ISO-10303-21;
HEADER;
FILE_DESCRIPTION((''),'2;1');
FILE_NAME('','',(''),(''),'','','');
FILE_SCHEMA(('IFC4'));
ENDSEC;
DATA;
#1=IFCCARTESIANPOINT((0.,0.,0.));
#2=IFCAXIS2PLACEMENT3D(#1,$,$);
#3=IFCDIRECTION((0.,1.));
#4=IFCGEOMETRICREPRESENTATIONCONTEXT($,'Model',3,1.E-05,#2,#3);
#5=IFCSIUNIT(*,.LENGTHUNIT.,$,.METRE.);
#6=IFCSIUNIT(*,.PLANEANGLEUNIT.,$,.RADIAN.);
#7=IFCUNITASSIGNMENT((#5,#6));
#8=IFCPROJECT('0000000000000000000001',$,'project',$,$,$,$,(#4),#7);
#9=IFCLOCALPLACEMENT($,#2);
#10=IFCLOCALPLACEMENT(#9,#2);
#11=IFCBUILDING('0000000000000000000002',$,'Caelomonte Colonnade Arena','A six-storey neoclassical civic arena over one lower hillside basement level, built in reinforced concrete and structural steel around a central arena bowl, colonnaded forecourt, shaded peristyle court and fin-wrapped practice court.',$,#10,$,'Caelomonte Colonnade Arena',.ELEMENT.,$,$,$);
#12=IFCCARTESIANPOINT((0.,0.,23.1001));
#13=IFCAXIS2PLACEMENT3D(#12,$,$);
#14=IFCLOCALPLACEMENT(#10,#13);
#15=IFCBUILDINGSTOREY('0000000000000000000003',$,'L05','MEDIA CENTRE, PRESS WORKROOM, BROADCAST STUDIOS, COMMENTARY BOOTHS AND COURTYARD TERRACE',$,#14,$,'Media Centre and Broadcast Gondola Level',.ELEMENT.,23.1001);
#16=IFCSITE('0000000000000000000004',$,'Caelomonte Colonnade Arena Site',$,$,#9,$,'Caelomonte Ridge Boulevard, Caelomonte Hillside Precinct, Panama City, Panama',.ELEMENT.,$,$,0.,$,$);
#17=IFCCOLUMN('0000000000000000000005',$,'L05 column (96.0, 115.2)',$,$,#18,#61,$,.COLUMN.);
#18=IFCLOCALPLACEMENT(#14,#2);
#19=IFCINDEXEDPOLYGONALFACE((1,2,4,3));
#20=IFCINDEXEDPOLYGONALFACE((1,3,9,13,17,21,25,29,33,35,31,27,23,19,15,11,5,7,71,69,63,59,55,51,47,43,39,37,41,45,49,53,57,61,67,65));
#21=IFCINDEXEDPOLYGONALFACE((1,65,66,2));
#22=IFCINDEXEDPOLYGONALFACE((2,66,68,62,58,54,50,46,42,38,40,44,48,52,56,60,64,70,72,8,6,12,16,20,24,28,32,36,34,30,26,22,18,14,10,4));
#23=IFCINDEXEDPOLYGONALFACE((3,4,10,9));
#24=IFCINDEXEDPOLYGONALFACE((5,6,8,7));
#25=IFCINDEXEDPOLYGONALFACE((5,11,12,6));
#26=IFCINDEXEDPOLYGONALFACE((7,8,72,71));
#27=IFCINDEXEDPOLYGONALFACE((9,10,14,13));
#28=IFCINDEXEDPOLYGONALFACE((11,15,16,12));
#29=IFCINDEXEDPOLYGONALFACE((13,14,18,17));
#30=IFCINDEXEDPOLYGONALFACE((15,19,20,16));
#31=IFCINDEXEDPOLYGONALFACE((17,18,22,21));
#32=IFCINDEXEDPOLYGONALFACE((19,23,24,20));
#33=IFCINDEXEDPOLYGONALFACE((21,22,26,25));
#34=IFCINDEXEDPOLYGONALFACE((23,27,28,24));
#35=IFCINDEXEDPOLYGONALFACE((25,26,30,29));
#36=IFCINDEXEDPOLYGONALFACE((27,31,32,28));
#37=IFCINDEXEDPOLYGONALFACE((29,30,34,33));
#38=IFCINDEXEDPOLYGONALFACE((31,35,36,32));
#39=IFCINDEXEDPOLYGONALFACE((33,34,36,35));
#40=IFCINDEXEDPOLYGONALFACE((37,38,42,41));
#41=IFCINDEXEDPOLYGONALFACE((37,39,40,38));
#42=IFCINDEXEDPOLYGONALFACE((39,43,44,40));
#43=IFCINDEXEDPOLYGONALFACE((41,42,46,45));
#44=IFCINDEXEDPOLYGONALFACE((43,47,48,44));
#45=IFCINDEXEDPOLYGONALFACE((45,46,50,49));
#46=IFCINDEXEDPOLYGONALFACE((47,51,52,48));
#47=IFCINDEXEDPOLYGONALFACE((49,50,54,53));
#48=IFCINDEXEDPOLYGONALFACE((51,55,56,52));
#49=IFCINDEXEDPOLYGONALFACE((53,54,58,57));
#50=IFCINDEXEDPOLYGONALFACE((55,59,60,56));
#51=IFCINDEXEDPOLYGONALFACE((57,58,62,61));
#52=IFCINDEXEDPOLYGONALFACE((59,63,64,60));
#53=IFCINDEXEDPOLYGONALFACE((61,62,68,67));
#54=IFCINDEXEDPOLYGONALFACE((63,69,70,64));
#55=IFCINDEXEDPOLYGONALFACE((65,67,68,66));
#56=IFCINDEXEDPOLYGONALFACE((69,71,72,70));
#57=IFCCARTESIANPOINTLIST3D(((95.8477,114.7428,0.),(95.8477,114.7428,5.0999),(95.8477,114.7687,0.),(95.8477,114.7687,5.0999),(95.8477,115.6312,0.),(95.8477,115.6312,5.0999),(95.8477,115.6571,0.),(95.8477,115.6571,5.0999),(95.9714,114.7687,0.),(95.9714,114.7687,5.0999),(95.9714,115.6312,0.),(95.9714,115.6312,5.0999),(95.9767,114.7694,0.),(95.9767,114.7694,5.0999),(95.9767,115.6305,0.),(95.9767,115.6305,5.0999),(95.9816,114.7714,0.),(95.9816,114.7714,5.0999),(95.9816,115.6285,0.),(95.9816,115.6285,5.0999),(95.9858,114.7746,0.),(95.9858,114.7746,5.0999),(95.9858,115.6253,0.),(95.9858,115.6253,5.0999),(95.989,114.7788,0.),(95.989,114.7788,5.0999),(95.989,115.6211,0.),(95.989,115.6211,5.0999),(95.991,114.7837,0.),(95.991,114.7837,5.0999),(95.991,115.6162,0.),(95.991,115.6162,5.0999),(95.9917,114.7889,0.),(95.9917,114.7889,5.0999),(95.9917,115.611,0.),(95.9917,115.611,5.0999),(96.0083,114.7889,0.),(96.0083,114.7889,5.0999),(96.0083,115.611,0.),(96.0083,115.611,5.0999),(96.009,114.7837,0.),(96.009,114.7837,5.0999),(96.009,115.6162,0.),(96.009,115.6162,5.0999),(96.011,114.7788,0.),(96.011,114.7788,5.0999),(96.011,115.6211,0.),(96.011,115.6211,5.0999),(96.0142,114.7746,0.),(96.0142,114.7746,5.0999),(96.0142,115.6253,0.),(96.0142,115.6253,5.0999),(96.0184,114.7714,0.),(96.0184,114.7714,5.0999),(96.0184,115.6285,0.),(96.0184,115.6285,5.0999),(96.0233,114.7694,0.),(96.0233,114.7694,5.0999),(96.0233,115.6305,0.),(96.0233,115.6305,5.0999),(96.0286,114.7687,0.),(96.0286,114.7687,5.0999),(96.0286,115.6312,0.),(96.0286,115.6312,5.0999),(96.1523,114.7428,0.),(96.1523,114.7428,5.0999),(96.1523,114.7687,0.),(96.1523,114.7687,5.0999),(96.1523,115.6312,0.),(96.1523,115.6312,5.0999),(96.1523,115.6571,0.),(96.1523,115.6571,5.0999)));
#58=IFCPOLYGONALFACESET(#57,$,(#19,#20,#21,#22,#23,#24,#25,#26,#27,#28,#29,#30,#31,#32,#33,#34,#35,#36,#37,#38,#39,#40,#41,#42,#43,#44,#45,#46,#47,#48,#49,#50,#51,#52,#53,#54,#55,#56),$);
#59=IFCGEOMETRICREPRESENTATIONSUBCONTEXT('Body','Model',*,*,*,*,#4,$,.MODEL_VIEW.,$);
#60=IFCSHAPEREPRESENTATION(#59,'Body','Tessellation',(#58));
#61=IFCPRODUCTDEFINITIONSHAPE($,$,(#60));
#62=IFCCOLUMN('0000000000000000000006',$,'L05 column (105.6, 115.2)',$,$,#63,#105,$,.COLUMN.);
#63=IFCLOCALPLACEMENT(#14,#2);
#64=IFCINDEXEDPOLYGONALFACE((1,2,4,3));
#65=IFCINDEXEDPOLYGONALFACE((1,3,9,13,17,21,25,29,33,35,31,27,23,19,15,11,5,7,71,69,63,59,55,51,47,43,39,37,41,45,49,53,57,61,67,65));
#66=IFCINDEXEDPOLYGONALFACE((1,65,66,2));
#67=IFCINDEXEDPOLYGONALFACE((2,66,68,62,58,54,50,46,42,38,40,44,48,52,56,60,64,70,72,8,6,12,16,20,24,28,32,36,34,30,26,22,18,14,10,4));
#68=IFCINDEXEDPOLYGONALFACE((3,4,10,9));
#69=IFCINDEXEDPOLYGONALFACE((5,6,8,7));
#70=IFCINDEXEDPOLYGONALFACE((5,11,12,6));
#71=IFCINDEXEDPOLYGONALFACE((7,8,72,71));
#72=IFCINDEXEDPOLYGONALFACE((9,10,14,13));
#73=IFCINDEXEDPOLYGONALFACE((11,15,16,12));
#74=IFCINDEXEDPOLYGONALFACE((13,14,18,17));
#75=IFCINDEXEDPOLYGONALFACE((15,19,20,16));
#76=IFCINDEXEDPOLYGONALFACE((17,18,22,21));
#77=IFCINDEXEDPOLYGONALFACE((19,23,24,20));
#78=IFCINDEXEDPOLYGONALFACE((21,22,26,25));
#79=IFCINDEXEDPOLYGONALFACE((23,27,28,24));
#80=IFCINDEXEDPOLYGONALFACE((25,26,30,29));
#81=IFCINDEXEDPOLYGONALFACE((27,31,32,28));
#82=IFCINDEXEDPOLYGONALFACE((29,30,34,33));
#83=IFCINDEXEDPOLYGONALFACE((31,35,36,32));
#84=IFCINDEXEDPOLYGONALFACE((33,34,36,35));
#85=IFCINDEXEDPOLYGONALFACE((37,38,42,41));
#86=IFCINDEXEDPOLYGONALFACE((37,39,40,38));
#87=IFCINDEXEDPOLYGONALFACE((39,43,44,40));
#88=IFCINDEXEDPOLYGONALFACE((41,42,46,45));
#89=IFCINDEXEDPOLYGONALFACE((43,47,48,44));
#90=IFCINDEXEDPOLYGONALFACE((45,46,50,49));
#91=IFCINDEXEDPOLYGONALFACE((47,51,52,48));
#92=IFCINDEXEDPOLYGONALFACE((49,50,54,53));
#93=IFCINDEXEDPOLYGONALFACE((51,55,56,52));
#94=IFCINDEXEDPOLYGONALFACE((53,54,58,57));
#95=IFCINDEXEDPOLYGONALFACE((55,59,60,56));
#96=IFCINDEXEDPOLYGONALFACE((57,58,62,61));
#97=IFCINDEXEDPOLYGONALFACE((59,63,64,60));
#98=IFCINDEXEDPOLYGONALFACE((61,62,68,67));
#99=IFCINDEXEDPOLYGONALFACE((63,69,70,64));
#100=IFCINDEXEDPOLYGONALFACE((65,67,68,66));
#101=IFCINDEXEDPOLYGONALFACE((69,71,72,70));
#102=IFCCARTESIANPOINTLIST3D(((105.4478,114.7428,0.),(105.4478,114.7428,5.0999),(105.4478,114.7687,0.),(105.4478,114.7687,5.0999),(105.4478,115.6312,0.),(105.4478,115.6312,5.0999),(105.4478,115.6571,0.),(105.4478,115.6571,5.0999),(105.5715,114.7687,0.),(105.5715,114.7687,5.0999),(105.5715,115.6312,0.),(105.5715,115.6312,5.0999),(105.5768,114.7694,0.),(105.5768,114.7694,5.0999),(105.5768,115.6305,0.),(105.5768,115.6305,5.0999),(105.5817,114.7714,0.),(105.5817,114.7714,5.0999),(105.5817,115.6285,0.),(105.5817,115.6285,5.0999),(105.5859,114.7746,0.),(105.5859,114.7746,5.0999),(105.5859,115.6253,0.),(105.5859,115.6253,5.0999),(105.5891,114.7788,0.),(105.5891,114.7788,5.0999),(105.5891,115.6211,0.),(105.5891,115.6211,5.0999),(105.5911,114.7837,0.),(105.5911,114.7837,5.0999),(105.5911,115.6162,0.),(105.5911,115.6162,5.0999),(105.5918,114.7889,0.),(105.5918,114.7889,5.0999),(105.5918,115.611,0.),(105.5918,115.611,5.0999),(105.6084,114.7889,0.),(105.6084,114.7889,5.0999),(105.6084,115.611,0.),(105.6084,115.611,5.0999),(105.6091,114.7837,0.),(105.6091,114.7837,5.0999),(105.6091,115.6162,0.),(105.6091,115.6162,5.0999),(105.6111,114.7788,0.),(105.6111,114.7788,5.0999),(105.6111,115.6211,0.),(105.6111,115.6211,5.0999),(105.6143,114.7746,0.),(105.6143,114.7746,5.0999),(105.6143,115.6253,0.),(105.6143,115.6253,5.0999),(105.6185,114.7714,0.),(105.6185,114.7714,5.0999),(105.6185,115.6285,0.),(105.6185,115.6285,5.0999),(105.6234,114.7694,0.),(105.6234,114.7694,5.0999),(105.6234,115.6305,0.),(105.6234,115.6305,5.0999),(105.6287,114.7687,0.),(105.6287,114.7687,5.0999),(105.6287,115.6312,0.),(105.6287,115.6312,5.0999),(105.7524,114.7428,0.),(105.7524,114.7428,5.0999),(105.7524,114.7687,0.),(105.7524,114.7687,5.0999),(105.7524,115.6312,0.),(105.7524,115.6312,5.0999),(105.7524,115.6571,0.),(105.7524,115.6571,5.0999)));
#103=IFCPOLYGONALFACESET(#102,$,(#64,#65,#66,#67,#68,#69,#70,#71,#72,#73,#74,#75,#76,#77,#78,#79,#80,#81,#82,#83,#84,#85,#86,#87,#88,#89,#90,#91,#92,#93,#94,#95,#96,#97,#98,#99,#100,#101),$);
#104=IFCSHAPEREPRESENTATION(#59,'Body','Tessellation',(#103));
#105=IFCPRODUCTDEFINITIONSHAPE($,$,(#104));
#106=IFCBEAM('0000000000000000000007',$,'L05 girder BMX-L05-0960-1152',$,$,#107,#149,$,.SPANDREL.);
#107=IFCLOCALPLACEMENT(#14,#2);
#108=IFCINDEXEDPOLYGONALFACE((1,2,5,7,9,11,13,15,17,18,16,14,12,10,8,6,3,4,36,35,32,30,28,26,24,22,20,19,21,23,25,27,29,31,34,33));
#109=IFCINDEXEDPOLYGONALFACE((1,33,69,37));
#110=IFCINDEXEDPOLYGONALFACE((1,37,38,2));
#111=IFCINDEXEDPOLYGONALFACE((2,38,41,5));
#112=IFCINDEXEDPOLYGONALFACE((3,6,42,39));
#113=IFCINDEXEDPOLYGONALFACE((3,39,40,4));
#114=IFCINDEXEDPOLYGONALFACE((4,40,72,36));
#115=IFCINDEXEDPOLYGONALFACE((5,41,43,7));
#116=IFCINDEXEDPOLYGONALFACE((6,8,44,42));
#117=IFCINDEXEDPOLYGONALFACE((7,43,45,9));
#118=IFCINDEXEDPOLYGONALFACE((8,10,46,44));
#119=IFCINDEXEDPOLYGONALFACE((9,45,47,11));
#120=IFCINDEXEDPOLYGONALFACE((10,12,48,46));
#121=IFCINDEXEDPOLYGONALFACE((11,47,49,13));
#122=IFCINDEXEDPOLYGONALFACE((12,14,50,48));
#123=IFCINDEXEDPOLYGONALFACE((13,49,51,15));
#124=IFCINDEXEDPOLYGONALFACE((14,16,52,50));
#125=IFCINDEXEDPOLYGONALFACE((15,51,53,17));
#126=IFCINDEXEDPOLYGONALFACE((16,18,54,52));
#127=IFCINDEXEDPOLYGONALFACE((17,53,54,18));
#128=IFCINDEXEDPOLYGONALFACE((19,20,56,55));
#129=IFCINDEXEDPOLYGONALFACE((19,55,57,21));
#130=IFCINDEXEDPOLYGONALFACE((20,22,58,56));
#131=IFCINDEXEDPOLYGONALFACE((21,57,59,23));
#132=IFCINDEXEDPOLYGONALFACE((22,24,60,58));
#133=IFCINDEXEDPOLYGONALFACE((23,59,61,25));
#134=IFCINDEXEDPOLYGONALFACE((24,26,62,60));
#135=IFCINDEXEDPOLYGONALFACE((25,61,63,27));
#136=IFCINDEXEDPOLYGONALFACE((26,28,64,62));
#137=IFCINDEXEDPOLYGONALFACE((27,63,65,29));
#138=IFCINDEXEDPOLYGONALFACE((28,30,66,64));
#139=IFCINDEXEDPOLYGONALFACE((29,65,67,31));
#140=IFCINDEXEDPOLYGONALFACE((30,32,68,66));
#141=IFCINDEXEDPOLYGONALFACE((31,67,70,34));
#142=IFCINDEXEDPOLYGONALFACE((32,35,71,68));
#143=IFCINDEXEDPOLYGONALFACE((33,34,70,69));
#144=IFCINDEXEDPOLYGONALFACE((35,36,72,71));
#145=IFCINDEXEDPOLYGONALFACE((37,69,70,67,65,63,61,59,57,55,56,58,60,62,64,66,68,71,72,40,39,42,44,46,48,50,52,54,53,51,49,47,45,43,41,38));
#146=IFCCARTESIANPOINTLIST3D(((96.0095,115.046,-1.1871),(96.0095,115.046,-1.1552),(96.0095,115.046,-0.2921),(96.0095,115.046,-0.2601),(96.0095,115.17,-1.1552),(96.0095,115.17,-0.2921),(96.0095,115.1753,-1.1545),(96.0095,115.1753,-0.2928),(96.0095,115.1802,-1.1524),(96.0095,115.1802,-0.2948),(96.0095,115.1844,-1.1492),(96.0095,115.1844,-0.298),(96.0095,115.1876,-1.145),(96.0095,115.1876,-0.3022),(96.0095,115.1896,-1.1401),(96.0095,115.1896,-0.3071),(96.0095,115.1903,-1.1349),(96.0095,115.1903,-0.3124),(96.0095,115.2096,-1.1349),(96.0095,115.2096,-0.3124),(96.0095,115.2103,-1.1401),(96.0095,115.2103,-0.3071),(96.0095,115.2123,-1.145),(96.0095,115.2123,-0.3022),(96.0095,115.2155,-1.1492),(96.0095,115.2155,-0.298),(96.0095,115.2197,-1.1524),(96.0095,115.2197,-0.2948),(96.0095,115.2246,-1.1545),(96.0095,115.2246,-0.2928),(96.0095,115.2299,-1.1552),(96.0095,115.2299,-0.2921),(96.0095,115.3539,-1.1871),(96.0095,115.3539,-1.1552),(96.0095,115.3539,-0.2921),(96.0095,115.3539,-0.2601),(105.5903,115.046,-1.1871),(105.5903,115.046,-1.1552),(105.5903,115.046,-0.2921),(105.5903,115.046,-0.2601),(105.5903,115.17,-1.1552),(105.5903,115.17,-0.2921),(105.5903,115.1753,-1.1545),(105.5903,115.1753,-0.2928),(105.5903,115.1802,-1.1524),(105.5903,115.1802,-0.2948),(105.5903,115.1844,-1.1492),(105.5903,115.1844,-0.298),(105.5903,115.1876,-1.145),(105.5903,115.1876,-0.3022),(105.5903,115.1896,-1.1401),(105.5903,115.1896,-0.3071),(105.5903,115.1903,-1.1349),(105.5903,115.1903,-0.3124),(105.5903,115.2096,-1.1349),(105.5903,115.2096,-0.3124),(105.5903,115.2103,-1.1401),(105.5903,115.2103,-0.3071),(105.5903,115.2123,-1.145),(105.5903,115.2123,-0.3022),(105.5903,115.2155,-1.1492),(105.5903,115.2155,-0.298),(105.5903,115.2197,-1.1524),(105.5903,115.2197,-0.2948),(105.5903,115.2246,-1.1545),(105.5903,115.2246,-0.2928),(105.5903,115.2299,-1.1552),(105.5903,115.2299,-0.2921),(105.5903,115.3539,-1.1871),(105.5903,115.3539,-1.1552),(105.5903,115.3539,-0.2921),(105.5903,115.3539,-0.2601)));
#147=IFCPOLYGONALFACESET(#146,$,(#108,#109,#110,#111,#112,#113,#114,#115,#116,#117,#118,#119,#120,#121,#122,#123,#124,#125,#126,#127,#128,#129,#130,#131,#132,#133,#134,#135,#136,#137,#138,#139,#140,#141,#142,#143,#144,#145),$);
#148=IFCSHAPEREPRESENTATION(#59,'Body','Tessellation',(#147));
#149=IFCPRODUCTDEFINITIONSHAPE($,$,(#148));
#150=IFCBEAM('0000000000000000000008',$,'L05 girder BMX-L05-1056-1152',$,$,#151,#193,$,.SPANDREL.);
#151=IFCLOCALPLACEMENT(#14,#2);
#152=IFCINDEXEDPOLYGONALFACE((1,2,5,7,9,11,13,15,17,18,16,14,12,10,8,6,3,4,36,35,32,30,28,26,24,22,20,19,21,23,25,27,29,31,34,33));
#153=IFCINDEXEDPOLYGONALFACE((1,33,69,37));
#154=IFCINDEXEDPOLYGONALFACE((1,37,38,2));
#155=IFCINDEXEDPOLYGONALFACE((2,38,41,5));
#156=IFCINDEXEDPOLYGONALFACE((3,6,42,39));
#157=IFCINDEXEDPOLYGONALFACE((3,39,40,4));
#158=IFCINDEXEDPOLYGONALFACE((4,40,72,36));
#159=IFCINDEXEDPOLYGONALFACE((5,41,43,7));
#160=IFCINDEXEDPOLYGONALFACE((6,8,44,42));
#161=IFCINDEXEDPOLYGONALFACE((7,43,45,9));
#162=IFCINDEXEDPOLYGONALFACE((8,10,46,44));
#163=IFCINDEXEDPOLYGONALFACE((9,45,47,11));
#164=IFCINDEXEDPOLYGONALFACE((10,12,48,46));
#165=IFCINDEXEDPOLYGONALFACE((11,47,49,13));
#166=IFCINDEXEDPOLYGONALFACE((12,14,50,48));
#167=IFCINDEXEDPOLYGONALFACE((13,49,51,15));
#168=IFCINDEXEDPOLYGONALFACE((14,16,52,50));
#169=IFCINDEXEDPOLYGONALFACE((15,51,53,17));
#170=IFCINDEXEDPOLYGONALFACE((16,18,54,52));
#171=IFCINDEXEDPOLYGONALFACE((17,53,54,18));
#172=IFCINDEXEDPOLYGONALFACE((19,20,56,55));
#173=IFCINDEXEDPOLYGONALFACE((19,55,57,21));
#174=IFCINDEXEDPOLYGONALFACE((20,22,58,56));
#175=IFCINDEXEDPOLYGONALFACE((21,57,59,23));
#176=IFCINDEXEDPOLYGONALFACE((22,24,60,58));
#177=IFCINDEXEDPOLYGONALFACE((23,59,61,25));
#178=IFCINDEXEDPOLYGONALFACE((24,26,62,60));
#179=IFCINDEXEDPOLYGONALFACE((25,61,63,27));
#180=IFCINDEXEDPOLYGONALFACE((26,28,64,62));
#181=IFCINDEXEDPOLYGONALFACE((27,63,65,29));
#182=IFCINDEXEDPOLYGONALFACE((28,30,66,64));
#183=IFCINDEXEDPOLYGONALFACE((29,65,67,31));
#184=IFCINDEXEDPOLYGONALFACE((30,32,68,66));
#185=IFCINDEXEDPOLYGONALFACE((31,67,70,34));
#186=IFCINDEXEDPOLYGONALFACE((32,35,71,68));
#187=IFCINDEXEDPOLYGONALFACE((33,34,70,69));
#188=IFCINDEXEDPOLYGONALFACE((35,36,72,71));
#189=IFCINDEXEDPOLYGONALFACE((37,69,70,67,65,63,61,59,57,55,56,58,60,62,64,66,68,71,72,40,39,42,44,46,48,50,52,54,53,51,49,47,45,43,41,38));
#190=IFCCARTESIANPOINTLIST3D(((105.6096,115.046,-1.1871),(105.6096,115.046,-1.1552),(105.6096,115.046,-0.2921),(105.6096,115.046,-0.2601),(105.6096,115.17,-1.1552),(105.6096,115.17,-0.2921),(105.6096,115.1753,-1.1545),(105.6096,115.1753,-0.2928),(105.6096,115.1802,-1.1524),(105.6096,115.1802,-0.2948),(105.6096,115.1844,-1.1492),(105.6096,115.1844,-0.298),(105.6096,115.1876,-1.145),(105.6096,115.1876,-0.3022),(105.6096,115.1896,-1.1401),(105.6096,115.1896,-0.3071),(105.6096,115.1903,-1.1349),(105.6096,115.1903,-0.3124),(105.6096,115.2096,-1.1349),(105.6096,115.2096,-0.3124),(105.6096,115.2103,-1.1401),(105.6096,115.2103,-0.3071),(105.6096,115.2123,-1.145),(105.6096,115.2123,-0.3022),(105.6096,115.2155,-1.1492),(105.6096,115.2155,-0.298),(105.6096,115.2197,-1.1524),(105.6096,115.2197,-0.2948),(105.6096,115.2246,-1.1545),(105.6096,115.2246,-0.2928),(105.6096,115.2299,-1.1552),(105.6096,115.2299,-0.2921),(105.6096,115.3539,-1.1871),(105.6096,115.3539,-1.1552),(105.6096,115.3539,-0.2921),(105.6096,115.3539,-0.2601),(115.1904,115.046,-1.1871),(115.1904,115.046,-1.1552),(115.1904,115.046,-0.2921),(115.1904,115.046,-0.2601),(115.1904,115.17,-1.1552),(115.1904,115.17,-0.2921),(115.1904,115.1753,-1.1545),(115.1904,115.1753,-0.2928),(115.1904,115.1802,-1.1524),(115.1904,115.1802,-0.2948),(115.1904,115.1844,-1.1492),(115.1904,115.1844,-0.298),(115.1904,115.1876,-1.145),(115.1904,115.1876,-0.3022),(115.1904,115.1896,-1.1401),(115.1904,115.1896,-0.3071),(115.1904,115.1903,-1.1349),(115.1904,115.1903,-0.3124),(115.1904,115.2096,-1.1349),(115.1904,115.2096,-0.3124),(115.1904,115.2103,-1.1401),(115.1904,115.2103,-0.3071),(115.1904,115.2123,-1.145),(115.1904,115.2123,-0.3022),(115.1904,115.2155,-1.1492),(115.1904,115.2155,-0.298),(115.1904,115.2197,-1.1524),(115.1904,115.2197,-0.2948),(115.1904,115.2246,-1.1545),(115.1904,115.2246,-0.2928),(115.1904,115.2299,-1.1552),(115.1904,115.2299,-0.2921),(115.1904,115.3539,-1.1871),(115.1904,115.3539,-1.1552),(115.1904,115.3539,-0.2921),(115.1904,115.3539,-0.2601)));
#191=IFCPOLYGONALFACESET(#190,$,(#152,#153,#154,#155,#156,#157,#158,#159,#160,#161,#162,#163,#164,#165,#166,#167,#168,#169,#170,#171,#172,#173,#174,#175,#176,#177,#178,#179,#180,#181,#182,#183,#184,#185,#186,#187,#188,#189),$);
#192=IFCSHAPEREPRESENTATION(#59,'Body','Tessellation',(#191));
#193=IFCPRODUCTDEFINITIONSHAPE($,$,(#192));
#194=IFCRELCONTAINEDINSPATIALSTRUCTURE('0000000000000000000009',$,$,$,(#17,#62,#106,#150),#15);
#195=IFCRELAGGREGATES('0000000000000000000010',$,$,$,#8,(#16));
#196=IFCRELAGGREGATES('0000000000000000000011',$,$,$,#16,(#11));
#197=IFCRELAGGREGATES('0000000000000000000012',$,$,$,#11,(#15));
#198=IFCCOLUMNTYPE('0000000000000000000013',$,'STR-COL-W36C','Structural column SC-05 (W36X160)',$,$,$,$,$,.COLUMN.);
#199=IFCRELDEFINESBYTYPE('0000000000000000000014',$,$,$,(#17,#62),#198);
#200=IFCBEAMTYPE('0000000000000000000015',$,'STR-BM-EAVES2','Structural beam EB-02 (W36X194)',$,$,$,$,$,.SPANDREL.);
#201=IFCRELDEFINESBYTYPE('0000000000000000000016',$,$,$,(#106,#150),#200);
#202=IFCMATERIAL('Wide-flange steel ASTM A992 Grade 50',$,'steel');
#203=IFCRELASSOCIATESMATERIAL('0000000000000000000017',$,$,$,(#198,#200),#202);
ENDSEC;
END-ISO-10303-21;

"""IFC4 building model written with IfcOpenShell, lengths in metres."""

from ifc_helpers import new_model, si_unit, direction, frame, origin, origin_2d, place, context, subcontext, project, spatial, i_section, extrude, material, material_profile, profile_set, type_object, element, save


model = new_model("IFC4")

# Units and contexts
model_context = context("Model", 3, precision=1e-05, world=origin(), true_north=direction((0.0, 1.0)))
body_context = subcontext(model_context, "Body", "Model", "MODEL_VIEW")
ifc_project = project(units=[si_unit("LENGTHUNIT", "METRE"), si_unit("PLANEANGLEUNIT", "RADIAN")], contexts=[model_context])

# Site, building, storey
site_placement = place(None, origin())
site = spatial("IfcSite", under=ifc_project, at=site_placement, Name="Caelomonte Colonnade Arena Site", LongName="Caelomonte Ridge Boulevard, Caelomonte Hillside Precinct, Panama City, Panama", CompositionType="ELEMENT", RefElevation=0.0)
building_placement = place(site_placement, origin())
building = spatial("IfcBuilding", under=site, at=building_placement, Name="Caelomonte Colonnade Arena", Description="A six-storey neoclassical civic arena over one lower hillside basement level, built in reinforced concrete and structural steel around a central arena bowl, colonnaded forecourt, shaded peristyle court and fin-wrapped practice court.", LongName="Caelomonte Colonnade Arena", CompositionType="ELEMENT")
storey_placement = place(building_placement, frame((0.0, 0.0, 23.1001)))
storey = spatial("IfcBuildingStorey", under=building, at=storey_placement, Name="L05", Description="MEDIA CENTRE, PRESS WORKROOM, BROADCAST STUDIOS, COMMENTARY BOOTHS AND COURTYARD TERRACE", LongName="Media Centre and Broadcast Gondola Level", CompositionType="ELEMENT", Elevation=23.1001)

# Columns
ifc_material_1 = material(Name="Wide-flange steel ASTM A992 Grade 50", Category="steel")
ifc_material_profile_1 = material_profile(ifc_material_1, i_section(OverallWidth=0.3047, OverallDepth=0.9143, WebThickness=0.0166, FlangeThickness=0.0259, FilletRadius=0.0203, at=origin_2d()), Name="W36X160")
ifc_profile_set_1 = profile_set([ifc_material_profile_1], Name="Wide-flange steel ASTM A992 Grade 50")
column_type = type_object("IfcColumnType", Name="STR-COL-W36C", Description="Structural column SC-05 (W36X160)", PredefinedType="COLUMN", material=ifc_profile_set_1)
for number, where, z_axis, x_axis, name in (
    (1, (96.0, 115.2, 0.0), (0.0, 0.0, 1.0), (1.0, 0.0, 0.0), "L05 column (96.0, 115.2)"),
    (2, (105.6001, 115.2, 0.0), (0.0, 0.0, 1.0), (1.0, 0.0, 0.0), "L05 column (105.6, 115.2)"),
):
    element("IfcColumn", number, at=place(storey_placement, frame(where, z_axis=z_axis, x_axis=x_axis)), inside=storey, type_object=column_type, Name=name, PredefinedType="COLUMN", context=body_context, shape_type="SweptSolid", body=[
        extrude(i_section(OverallWidth=0.3047, OverallDepth=0.9143, WebThickness=0.0166, FlangeThickness=0.0259, FilletRadius=0.0203, at=origin_2d()), origin(), (0.0, 0.0, 1.0), 5.0999),
    ])

# Beams
ifc_material_profile_2 = material_profile(ifc_material_1, i_section(OverallWidth=0.3079, OverallDepth=0.927, WebThickness=0.0193, FlangeThickness=0.032, FilletRadius=0.0203, at=origin_2d()), Name="W36X194")
ifc_profile_set_2 = profile_set([ifc_material_profile_2], Name="Wide-flange steel ASTM A992 Grade 50")
beam_type = type_object("IfcBeamType", Name="STR-BM-EAVES2", Description="Structural beam EB-02 (W36X194)", PredefinedType="SPANDREL", material=ifc_profile_set_2)
for number, where, z_axis, x_axis, name in (
    (3, (96.0095, 115.2, -0.7236), (1.0, 0.0, 0.0), (0.0, 1.0, 0.0), "L05 girder BMX-L05-0960-1152"),
    (4, (105.6096, 115.2, -0.7236), (1.0, 0.0, 0.0), (0.0, 1.0, 0.0), "L05 girder BMX-L05-1056-1152"),
):
    element("IfcBeam", number, at=place(storey_placement, frame(where, z_axis=z_axis, x_axis=x_axis)), inside=storey, type_object=beam_type, Name=name, PredefinedType="SPANDREL", context=body_context, shape_type="SweptSolid", body=[
        extrude(i_section(OverallWidth=0.3079, OverallDepth=0.927, WebThickness=0.0193, FlangeThickness=0.032, FilletRadius=0.0203, at=origin_2d()), origin(), (0.0, 0.0, 1.0), 9.5808),
    ])

save(model, "model.ifc")
